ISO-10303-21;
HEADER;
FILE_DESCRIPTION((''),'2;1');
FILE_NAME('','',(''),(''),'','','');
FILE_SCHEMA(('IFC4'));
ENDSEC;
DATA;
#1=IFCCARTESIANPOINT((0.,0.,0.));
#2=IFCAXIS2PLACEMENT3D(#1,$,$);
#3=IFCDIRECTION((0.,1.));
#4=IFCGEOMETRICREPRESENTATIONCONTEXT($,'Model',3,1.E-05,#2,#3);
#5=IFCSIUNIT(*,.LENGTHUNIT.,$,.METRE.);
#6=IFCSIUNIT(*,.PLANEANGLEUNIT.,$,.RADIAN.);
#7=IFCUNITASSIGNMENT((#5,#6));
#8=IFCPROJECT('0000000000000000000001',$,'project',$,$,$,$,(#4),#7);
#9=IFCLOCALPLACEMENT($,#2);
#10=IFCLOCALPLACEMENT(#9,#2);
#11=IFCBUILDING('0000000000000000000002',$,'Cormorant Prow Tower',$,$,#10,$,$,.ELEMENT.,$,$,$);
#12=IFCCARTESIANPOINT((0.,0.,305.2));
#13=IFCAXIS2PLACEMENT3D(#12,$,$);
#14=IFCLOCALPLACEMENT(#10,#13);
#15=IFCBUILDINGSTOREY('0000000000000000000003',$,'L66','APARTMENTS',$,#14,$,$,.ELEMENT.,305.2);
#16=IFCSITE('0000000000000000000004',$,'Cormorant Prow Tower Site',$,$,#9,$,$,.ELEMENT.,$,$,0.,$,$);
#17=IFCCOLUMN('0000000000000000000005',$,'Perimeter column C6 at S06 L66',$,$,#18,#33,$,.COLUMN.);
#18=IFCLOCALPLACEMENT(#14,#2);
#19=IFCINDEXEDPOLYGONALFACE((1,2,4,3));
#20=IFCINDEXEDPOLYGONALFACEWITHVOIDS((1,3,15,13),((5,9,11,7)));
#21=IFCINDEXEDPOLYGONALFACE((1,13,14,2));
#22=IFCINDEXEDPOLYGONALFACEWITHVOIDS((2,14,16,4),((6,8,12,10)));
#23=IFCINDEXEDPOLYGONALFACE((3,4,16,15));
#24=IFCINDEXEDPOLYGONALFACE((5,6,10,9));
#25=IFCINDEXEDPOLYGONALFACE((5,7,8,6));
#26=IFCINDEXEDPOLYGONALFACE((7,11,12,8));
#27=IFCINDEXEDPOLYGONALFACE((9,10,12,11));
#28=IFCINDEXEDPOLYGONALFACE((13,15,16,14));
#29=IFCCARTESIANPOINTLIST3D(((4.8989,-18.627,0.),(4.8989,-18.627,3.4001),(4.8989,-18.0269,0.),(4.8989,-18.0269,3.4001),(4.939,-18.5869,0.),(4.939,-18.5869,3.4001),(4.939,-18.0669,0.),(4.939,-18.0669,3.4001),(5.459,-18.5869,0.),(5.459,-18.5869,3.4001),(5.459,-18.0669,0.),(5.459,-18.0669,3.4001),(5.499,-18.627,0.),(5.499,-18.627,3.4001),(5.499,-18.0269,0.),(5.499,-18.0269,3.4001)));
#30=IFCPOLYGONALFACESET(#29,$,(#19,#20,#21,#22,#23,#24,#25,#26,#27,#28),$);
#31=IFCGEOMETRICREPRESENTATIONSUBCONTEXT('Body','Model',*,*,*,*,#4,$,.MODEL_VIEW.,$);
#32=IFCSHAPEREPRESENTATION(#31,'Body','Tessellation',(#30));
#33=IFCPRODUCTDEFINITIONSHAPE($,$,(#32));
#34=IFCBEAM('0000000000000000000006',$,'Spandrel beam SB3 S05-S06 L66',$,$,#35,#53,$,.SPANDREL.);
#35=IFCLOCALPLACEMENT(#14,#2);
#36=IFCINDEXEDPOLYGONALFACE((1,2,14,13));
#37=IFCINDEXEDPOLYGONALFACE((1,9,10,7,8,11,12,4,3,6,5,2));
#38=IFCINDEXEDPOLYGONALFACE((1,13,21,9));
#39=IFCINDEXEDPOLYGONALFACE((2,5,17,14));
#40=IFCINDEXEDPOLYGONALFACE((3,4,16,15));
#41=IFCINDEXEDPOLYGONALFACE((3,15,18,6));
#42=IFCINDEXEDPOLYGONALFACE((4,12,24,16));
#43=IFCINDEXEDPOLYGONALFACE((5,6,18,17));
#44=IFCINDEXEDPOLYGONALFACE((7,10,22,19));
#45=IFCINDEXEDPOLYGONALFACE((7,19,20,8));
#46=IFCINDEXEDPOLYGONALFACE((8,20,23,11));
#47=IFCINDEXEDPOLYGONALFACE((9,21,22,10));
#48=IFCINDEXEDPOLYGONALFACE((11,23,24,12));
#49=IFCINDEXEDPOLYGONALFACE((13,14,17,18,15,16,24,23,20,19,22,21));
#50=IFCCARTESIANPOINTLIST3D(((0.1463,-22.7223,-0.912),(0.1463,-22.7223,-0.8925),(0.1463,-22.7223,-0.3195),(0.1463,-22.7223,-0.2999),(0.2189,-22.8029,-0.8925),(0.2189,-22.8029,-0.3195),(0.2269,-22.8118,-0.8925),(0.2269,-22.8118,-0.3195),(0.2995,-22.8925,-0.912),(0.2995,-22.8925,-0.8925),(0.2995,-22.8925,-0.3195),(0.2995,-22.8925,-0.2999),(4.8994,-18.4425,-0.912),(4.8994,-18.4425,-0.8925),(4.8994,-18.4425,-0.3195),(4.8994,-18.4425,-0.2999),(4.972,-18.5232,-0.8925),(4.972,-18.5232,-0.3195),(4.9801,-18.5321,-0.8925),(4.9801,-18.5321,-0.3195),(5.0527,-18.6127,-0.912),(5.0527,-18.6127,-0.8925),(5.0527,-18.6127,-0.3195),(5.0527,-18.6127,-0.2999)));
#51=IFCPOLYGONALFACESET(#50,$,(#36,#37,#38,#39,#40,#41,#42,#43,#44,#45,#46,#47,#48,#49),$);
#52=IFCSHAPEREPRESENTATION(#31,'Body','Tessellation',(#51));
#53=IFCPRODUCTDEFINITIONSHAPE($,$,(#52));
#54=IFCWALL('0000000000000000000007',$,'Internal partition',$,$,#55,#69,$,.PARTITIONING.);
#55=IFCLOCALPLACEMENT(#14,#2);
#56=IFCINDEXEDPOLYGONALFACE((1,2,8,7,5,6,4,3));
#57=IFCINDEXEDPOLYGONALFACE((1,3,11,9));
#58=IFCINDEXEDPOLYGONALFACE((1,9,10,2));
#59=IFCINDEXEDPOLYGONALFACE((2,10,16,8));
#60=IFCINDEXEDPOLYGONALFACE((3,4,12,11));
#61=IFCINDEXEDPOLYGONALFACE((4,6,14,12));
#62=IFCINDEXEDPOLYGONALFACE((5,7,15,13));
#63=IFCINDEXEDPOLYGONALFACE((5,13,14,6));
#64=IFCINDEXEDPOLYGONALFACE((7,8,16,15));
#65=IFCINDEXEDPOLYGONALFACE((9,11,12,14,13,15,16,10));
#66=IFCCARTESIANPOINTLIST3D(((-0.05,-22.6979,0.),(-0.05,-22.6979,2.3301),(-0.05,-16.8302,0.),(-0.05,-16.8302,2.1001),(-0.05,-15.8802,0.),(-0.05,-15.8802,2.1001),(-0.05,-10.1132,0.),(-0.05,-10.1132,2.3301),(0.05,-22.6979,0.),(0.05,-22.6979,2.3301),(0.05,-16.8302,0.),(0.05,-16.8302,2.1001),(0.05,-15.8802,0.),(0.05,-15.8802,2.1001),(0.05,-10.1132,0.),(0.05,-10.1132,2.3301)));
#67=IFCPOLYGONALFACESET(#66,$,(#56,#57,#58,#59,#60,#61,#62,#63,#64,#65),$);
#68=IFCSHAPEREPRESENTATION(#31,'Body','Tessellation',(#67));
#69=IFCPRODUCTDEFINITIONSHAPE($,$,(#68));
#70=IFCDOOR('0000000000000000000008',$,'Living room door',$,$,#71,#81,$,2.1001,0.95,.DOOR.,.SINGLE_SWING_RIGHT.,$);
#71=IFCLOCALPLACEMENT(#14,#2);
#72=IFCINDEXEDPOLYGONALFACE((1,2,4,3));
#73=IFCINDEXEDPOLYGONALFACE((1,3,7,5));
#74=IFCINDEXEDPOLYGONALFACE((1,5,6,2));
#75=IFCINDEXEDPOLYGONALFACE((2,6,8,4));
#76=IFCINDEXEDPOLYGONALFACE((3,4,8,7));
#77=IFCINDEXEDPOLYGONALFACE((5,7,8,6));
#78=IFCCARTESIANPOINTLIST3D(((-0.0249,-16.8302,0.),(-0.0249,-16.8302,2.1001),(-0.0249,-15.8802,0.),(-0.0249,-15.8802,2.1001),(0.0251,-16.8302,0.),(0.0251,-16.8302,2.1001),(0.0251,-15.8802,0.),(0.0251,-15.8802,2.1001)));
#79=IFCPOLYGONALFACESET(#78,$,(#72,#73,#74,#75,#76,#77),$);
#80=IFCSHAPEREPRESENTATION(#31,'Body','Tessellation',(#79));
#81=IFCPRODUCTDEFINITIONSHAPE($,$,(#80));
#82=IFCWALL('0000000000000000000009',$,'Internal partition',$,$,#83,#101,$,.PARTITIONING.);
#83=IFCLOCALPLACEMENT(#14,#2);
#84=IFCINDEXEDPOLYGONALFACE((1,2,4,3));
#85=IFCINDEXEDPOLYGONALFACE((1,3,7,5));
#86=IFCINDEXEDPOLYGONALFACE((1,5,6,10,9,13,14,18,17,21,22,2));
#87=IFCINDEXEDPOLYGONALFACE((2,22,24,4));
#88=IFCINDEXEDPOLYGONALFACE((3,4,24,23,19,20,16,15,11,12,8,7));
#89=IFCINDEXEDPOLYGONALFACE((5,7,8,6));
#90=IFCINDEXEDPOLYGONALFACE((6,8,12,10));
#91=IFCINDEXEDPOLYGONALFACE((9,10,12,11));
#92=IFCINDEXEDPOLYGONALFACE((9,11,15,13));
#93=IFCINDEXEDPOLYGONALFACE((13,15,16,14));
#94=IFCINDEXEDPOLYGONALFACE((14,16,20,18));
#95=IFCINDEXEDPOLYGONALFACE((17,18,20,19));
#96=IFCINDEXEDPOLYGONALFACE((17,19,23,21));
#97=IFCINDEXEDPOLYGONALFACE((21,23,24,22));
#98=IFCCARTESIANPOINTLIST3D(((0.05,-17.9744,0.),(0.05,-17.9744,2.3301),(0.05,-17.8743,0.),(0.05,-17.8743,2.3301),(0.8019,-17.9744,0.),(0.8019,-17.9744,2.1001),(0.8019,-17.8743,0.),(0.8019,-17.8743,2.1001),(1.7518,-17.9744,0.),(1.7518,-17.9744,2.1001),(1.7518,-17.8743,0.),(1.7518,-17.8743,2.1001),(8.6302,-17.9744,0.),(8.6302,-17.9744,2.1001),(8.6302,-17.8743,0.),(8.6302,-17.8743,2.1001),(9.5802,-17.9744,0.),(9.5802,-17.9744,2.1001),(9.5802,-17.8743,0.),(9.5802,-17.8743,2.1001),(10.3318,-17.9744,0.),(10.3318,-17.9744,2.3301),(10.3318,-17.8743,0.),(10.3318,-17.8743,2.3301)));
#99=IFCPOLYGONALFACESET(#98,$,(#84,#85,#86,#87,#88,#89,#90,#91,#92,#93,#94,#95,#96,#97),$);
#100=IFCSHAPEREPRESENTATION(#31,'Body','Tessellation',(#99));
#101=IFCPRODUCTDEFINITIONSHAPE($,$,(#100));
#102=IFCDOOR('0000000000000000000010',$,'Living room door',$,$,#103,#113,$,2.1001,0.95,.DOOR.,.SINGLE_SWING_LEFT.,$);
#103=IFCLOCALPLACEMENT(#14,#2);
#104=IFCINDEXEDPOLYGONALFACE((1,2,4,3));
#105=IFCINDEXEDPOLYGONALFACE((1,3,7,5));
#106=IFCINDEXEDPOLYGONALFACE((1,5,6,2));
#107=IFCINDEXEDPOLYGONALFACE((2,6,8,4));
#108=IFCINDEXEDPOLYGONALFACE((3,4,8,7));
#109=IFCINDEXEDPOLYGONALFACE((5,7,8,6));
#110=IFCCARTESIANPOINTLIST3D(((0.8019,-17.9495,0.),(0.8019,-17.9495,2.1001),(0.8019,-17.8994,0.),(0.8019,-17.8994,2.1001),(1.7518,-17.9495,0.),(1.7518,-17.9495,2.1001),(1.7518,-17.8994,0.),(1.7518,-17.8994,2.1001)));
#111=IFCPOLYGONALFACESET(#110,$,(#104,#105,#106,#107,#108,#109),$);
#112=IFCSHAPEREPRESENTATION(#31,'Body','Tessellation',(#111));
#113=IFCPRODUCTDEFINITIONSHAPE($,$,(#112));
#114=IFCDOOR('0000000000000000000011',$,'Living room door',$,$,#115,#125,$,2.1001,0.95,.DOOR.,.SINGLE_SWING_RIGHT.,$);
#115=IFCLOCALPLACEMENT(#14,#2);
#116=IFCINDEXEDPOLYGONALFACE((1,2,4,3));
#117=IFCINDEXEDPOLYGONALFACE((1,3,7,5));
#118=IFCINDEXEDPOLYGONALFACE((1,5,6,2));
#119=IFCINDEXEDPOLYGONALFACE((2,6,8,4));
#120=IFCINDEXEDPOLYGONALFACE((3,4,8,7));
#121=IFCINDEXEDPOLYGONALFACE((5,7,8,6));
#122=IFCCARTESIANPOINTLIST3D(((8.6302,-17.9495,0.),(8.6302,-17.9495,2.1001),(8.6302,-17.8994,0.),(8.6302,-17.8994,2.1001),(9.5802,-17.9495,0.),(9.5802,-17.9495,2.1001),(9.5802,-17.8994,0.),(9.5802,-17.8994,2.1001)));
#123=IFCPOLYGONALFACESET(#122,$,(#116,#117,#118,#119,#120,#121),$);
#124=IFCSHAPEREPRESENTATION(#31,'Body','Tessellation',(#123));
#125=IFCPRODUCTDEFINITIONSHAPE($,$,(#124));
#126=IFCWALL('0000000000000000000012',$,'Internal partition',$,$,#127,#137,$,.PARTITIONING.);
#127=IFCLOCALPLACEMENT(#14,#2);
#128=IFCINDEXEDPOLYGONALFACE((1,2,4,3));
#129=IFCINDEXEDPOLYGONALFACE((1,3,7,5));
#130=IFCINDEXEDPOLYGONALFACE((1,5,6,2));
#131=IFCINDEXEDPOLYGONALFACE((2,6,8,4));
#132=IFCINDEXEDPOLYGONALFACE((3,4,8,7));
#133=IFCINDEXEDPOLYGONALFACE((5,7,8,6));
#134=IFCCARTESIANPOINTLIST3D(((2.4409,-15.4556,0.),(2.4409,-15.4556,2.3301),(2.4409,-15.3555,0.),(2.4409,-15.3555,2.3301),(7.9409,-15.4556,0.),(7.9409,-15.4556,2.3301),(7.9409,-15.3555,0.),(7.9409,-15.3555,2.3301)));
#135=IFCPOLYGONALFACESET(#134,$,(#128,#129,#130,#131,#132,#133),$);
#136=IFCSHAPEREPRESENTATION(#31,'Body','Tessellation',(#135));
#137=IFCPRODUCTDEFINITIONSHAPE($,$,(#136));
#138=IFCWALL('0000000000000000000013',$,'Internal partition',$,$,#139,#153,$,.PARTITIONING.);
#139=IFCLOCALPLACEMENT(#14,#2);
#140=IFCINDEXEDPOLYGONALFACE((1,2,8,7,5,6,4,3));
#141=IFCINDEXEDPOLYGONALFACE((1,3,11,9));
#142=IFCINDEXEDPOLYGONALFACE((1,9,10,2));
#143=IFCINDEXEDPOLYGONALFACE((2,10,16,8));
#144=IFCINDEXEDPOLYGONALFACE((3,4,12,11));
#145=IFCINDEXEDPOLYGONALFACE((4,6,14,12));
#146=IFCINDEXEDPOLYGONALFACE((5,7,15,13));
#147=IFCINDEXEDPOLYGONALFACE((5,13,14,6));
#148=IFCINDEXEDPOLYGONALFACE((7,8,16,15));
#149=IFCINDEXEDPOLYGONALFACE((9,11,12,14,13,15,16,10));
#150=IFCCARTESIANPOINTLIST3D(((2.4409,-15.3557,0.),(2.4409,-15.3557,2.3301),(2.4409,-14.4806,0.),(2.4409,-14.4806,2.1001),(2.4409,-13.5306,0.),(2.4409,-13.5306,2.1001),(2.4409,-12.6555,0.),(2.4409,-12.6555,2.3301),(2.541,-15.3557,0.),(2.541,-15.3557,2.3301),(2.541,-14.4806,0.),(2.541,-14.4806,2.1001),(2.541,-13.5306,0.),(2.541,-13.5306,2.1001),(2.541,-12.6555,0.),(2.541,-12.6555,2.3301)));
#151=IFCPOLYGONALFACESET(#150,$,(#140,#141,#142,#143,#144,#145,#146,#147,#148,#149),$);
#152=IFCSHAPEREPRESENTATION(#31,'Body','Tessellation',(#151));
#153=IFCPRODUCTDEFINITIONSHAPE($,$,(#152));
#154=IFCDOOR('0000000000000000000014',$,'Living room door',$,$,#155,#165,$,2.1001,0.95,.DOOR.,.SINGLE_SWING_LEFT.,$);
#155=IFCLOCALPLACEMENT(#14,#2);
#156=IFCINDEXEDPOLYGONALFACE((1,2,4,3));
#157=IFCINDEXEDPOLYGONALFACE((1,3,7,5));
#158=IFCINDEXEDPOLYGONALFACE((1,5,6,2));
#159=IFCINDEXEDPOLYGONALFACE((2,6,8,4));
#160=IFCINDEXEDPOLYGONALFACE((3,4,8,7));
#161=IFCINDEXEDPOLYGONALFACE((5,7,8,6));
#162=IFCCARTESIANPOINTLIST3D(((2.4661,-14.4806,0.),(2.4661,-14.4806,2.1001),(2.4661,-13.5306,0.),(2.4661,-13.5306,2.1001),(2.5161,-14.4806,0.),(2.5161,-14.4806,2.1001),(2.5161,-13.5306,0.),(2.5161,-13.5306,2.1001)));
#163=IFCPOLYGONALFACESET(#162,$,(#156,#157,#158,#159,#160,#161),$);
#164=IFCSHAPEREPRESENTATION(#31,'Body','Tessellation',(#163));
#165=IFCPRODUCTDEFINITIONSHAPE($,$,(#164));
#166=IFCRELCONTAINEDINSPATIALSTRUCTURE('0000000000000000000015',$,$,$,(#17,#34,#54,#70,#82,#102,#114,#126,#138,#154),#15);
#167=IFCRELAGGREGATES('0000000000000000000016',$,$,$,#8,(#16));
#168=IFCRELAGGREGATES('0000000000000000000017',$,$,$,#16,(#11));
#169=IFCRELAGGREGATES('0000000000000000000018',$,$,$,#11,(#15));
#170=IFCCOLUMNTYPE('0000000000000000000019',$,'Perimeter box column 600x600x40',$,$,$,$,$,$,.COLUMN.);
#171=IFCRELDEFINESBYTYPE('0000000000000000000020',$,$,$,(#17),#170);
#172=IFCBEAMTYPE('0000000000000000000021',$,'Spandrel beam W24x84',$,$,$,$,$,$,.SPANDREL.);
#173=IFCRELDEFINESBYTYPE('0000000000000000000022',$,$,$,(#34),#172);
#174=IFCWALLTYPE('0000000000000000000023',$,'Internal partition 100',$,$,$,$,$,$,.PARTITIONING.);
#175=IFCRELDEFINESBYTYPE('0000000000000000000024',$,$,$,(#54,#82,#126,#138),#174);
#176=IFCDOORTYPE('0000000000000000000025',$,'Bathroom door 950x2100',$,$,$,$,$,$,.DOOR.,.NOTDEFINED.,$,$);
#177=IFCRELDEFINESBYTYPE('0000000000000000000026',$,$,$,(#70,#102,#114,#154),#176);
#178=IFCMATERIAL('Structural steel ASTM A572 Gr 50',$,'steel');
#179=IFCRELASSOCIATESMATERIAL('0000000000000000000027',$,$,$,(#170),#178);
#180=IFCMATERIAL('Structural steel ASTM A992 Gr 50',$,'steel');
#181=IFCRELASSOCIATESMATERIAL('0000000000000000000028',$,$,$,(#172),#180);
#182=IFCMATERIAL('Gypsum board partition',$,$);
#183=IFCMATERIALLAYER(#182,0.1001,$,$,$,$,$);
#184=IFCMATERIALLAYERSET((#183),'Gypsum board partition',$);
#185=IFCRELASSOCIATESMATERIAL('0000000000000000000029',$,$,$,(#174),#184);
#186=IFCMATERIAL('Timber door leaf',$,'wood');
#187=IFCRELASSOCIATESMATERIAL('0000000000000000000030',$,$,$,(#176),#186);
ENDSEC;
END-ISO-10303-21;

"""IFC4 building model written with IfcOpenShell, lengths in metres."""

from ifc_helpers import new_model, si_unit, direction, frame, frame_2d, origin, origin_2d, place, context, subcontext, project, spatial, rectangle, hollow_rectangle, i_section, extrude, material, layer, layer_set, material_profile, profile_set, type_object, element, fill, save


model = new_model("IFC4")

# Units and contexts
model_context = context("Model", 3, precision=1e-05, world=origin(), true_north=direction((0.0, 1.0)))
body_context = subcontext(model_context, "Body", "Model", "MODEL_VIEW")
ifc_project = project(units=[si_unit("LENGTHUNIT", "METRE"), si_unit("PLANEANGLEUNIT", "RADIAN")], contexts=[model_context])

# Site, building, storey
site_placement = place(None, origin())
site = spatial("IfcSite", under=ifc_project, at=site_placement, Name="Cormorant Prow Tower Site", CompositionType="ELEMENT", RefElevation=0.0)
building_placement = place(site_placement, origin())
building = spatial("IfcBuilding", under=site, at=building_placement, Name="Cormorant Prow Tower", CompositionType="ELEMENT")
storey_placement = place(building_placement, frame((0.0, 0.0, 305.2)))
storey = spatial("IfcBuildingStorey", under=building, at=storey_placement, Name="L66", Description="APARTMENTS", CompositionType="ELEMENT", Elevation=305.2)

# Column
ifc_material_1 = material(Name="Structural steel ASTM A572 Gr 50", Category="steel")
ifc_material_profile_1 = material_profile(ifc_material_1, hollow_rectangle(XDim=0.6001, YDim=0.6001, WallThickness=0.04, at=origin_2d()), Name="Box 600x600x40")
ifc_profile_set_1 = profile_set([ifc_material_profile_1], Name="Structural steel ASTM A572 Gr 50")
column_type = type_object("IfcColumnType", Name="Perimeter box column 600x600x40", PredefinedType="COLUMN", material=ifc_profile_set_1)
column_placement = place(storey_placement, frame((5.199, -18.3269, 0.0), z_axis=(0.0, 0.0, 1.0), x_axis=(1.0, 0.0, 0.0)))
element("IfcColumn", 1, at=column_placement, inside=storey, type_object=column_type, Name="Perimeter column C6 at S06 L66", PredefinedType="COLUMN", context=body_context, shape_type="SweptSolid", body=[
    extrude(hollow_rectangle(XDim=0.6001, YDim=0.6001, WallThickness=0.04, at=origin_2d()), origin(), (0.0, 0.0, 1.0), 3.4001),
])

# Beam
ifc_material_2 = material(Name="Structural steel ASTM A992 Gr 50", Category="steel")
ifc_material_profile_2 = material_profile(ifc_material_2, i_section(OverallWidth=0.229, OverallDepth=0.6121, WebThickness=0.012, FlangeThickness=0.0195, at=origin_2d()), Name="W24x84")
ifc_profile_set_2 = profile_set([ifc_material_profile_2], Name="Structural steel ASTM A992 Gr 50")
beam_type = type_object("IfcBeamType", Name="Spandrel beam W24x84", PredefinedType="SPANDREL", material=ifc_profile_set_2)
beam_placement = place(storey_placement, frame((0.2229, -22.8074, -0.606), z_axis=(0.743144, 0.669131, 0.0), x_axis=(-0.669131, 0.743144, 0.0)))
element("IfcBeam", 2, at=beam_placement, inside=storey, type_object=beam_type, Name="Spandrel beam SB3 S05-S06 L66", PredefinedType="SPANDREL", context=body_context, shape_type="SweptSolid", body=[
    extrude(i_section(OverallWidth=0.229, OverallDepth=0.6121, WebThickness=0.012, FlangeThickness=0.0195, at=origin_2d()), origin(), (0.0, 0.0, 1.0), 6.396),
])

# Wall, opening, door
ifc_material_3 = material(Name="Gypsum board partition")
ifc_layer_1 = layer(ifc_material_3, 0.1001)
ifc_layer_set_1 = layer_set([ifc_layer_1], Name="Gypsum board partition")
wall_type_1 = type_object("IfcWallType", Name="Internal partition 100", PredefinedType="PARTITIONING", material=ifc_layer_set_1)
wall_1_placement = place(storey_placement, frame((0.0, -22.698, 0.0), z_axis=(0.0, 0.0, 1.0), x_axis=(0.0, 1.0, 0.0)))
wall_1 = element("IfcWall", 3, at=wall_1_placement, inside=storey, type_object=wall_type_1, Name="Internal partition", PredefinedType="PARTITIONING", context=body_context, shape_type="SweptSolid", body=[
    extrude(rectangle(XDim=12.5847, YDim=0.1001, at=frame_2d((6.2925, 0.0))), origin(), (0.0, 0.0, 1.0), 2.3301),
])
opening_1_placement = place(wall_1_placement, frame((5.8677, 0.0, 0.0)))
opening_1 = element("IfcOpeningElement", 4, at=opening_1_placement, cuts=wall_1, PredefinedType="OPENING", context=body_context, shape_type="SweptSolid", body=[
    extrude(rectangle(XDim=0.95, YDim=2.1001, at=frame_2d((0.4751, 1.05))), frame((0.0, 0.0601, 0.0), z_axis=(0.0, -1.0, 0.0), x_axis=(1.0, 0.0, 0.0)), (0.0, 0.0, 1.0), 0.1201),
])
ifc_material_4 = material(Name="Timber door leaf", Category="wood")
door_type_1 = type_object("IfcDoorType", Name="Bathroom door 950x2100", OperationType="NOTDEFINED", PredefinedType="DOOR", material=ifc_material_4)
door_1_placement = place(opening_1_placement, origin())
door_1 = element("IfcDoor", 5, at=door_1_placement, inside=storey, type_object=door_type_1, Name="Living room door", OperationType="SINGLE_SWING_RIGHT", OverallHeight=2.1001, OverallWidth=0.95, PredefinedType="DOOR", context=body_context, shape_type="SweptSolid", body=[
    extrude(rectangle(XDim=0.95, YDim=2.1001, at=frame_2d((0.4751, 1.05))), frame((0.0, 0.0249, 0.0), z_axis=(0.0, -1.0, 0.0), x_axis=(1.0, 0.0, 0.0)), (0.0, 0.0, 1.0), 0.05),
])
fill(opening_1, door_1)

# Wall, openings, doors
wall_2_placement = place(storey_placement, frame((0.05, -17.9243, 0.0), z_axis=(0.0, 0.0, 1.0), x_axis=(1.0, 0.0, 0.0)))
wall_2 = element("IfcWall", 6, at=wall_2_placement, inside=storey, type_object=wall_type_1, Name="Internal partition", PredefinedType="PARTITIONING", context=body_context, shape_type="SweptSolid", body=[
    extrude(rectangle(XDim=10.2817, YDim=0.1001, at=frame_2d((5.1409, 0.0))), origin(), (0.0, 0.0, 1.0), 2.3301),
])
opening_2_placement = place(wall_2_placement, frame((0.7517, 0.0, 0.0)))
opening_2 = element("IfcOpeningElement", 7, at=opening_2_placement, cuts=wall_2, PredefinedType="OPENING", context=body_context, shape_type="SweptSolid", body=[
    extrude(rectangle(XDim=0.95, YDim=2.1001, at=frame_2d((0.4751, 1.05))), frame((0.0, 0.0601, 0.0), z_axis=(0.0, -1.0, 0.0), x_axis=(1.0, 0.0, 0.0)), (0.0, 0.0, 1.0), 0.1201),
])
opening_3_placement = place(wall_2_placement, frame((8.5801, 0.0, 0.0)))
opening_3 = element("IfcOpeningElement", 8, at=opening_3_placement, cuts=wall_2, PredefinedType="OPENING", context=body_context, shape_type="SweptSolid", body=[
    extrude(rectangle(XDim=0.95, YDim=2.1001, at=frame_2d((0.4751, 1.05))), frame((0.0, 0.0601, 0.0), z_axis=(0.0, -1.0, 0.0), x_axis=(1.0, 0.0, 0.0)), (0.0, 0.0, 1.0), 0.1201),
])
door_2_placement = place(opening_2_placement, origin())
door_2 = element("IfcDoor", 9, at=door_2_placement, inside=storey, type_object=door_type_1, Name="Living room door", OperationType="SINGLE_SWING_LEFT", OverallHeight=2.1001, OverallWidth=0.95, PredefinedType="DOOR", context=body_context, shape_type="SweptSolid", body=[
    extrude(rectangle(XDim=0.95, YDim=2.1001, at=frame_2d((0.4751, 1.05))), frame((0.0, 0.0249, 0.0), z_axis=(0.0, -1.0, 0.0), x_axis=(1.0, 0.0, 0.0)), (0.0, 0.0, 1.0), 0.05),
])
fill(opening_2, door_2)
door_3_placement = place(opening_3_placement, origin())
door_3 = element("IfcDoor", 10, at=door_3_placement, inside=storey, type_object=door_type_1, Name="Living room door", OperationType="SINGLE_SWING_RIGHT", OverallHeight=2.1001, OverallWidth=0.95, PredefinedType="DOOR", context=body_context, shape_type="SweptSolid", body=[
    extrude(rectangle(XDim=0.95, YDim=2.1001, at=frame_2d((0.4751, 1.05))), frame((0.0, 0.0249, 0.0), z_axis=(0.0, -1.0, 0.0), x_axis=(1.0, 0.0, 0.0)), (0.0, 0.0, 1.0), 0.05),
])
fill(opening_3, door_3)

# Wall
wall_3_placement = place(storey_placement, frame((2.4409, -15.4055, 0.0), z_axis=(0.0, 0.0, 1.0), x_axis=(1.0, 0.0, 0.0)))
element("IfcWall", 11, at=wall_3_placement, inside=storey, type_object=wall_type_1, Name="Internal partition", PredefinedType="PARTITIONING", context=body_context, shape_type="SweptSolid", body=[
    extrude(rectangle(XDim=5.5, YDim=0.1001, at=frame_2d((2.75, 0.0))), origin(), (0.0, 0.0, 1.0), 2.3301),
])

# Wall, opening, door
wall_4_placement = place(storey_placement, frame((2.491, -15.3557, 0.0), z_axis=(0.0, 0.0, 1.0), x_axis=(0.0, 1.0, 0.0)))
wall_4 = element("IfcWall", 12, at=wall_4_placement, inside=storey, type_object=wall_type_1, Name="Internal partition", PredefinedType="PARTITIONING", context=body_context, shape_type="SweptSolid", body=[
    extrude(rectangle(XDim=2.7002, YDim=0.1001, at=frame_2d((1.3501, 0.0))), origin(), (0.0, 0.0, 1.0), 2.3301),
])
opening_4_placement = place(wall_4_placement, frame((0.875, 0.0, 0.0)))
opening_4 = element("IfcOpeningElement", 13, at=opening_4_placement, cuts=wall_4, PredefinedType="OPENING", context=body_context, shape_type="SweptSolid", body=[
    extrude(rectangle(XDim=0.95, YDim=2.1001, at=frame_2d((0.4751, 1.05))), frame((0.0, 0.0601, 0.0), z_axis=(0.0, -1.0, 0.0), x_axis=(1.0, 0.0, 0.0)), (0.0, 0.0, 1.0), 0.1201),
])
door_4_placement = place(opening_4_placement, origin())
door_4 = element("IfcDoor", 14, at=door_4_placement, inside=storey, type_object=door_type_1, Name="Living room door", OperationType="SINGLE_SWING_LEFT", OverallHeight=2.1001, OverallWidth=0.95, PredefinedType="DOOR", context=body_context, shape_type="SweptSolid", body=[
    extrude(rectangle(XDim=0.95, YDim=2.1001, at=frame_2d((0.4751, 1.05))), frame((0.0, 0.0249, 0.0), z_axis=(0.0, -1.0, 0.0), x_axis=(1.0, 0.0, 0.0)), (0.0, 0.0, 1.0), 0.05),
])
fill(opening_4, door_4)

save(model, "model.ifc")
